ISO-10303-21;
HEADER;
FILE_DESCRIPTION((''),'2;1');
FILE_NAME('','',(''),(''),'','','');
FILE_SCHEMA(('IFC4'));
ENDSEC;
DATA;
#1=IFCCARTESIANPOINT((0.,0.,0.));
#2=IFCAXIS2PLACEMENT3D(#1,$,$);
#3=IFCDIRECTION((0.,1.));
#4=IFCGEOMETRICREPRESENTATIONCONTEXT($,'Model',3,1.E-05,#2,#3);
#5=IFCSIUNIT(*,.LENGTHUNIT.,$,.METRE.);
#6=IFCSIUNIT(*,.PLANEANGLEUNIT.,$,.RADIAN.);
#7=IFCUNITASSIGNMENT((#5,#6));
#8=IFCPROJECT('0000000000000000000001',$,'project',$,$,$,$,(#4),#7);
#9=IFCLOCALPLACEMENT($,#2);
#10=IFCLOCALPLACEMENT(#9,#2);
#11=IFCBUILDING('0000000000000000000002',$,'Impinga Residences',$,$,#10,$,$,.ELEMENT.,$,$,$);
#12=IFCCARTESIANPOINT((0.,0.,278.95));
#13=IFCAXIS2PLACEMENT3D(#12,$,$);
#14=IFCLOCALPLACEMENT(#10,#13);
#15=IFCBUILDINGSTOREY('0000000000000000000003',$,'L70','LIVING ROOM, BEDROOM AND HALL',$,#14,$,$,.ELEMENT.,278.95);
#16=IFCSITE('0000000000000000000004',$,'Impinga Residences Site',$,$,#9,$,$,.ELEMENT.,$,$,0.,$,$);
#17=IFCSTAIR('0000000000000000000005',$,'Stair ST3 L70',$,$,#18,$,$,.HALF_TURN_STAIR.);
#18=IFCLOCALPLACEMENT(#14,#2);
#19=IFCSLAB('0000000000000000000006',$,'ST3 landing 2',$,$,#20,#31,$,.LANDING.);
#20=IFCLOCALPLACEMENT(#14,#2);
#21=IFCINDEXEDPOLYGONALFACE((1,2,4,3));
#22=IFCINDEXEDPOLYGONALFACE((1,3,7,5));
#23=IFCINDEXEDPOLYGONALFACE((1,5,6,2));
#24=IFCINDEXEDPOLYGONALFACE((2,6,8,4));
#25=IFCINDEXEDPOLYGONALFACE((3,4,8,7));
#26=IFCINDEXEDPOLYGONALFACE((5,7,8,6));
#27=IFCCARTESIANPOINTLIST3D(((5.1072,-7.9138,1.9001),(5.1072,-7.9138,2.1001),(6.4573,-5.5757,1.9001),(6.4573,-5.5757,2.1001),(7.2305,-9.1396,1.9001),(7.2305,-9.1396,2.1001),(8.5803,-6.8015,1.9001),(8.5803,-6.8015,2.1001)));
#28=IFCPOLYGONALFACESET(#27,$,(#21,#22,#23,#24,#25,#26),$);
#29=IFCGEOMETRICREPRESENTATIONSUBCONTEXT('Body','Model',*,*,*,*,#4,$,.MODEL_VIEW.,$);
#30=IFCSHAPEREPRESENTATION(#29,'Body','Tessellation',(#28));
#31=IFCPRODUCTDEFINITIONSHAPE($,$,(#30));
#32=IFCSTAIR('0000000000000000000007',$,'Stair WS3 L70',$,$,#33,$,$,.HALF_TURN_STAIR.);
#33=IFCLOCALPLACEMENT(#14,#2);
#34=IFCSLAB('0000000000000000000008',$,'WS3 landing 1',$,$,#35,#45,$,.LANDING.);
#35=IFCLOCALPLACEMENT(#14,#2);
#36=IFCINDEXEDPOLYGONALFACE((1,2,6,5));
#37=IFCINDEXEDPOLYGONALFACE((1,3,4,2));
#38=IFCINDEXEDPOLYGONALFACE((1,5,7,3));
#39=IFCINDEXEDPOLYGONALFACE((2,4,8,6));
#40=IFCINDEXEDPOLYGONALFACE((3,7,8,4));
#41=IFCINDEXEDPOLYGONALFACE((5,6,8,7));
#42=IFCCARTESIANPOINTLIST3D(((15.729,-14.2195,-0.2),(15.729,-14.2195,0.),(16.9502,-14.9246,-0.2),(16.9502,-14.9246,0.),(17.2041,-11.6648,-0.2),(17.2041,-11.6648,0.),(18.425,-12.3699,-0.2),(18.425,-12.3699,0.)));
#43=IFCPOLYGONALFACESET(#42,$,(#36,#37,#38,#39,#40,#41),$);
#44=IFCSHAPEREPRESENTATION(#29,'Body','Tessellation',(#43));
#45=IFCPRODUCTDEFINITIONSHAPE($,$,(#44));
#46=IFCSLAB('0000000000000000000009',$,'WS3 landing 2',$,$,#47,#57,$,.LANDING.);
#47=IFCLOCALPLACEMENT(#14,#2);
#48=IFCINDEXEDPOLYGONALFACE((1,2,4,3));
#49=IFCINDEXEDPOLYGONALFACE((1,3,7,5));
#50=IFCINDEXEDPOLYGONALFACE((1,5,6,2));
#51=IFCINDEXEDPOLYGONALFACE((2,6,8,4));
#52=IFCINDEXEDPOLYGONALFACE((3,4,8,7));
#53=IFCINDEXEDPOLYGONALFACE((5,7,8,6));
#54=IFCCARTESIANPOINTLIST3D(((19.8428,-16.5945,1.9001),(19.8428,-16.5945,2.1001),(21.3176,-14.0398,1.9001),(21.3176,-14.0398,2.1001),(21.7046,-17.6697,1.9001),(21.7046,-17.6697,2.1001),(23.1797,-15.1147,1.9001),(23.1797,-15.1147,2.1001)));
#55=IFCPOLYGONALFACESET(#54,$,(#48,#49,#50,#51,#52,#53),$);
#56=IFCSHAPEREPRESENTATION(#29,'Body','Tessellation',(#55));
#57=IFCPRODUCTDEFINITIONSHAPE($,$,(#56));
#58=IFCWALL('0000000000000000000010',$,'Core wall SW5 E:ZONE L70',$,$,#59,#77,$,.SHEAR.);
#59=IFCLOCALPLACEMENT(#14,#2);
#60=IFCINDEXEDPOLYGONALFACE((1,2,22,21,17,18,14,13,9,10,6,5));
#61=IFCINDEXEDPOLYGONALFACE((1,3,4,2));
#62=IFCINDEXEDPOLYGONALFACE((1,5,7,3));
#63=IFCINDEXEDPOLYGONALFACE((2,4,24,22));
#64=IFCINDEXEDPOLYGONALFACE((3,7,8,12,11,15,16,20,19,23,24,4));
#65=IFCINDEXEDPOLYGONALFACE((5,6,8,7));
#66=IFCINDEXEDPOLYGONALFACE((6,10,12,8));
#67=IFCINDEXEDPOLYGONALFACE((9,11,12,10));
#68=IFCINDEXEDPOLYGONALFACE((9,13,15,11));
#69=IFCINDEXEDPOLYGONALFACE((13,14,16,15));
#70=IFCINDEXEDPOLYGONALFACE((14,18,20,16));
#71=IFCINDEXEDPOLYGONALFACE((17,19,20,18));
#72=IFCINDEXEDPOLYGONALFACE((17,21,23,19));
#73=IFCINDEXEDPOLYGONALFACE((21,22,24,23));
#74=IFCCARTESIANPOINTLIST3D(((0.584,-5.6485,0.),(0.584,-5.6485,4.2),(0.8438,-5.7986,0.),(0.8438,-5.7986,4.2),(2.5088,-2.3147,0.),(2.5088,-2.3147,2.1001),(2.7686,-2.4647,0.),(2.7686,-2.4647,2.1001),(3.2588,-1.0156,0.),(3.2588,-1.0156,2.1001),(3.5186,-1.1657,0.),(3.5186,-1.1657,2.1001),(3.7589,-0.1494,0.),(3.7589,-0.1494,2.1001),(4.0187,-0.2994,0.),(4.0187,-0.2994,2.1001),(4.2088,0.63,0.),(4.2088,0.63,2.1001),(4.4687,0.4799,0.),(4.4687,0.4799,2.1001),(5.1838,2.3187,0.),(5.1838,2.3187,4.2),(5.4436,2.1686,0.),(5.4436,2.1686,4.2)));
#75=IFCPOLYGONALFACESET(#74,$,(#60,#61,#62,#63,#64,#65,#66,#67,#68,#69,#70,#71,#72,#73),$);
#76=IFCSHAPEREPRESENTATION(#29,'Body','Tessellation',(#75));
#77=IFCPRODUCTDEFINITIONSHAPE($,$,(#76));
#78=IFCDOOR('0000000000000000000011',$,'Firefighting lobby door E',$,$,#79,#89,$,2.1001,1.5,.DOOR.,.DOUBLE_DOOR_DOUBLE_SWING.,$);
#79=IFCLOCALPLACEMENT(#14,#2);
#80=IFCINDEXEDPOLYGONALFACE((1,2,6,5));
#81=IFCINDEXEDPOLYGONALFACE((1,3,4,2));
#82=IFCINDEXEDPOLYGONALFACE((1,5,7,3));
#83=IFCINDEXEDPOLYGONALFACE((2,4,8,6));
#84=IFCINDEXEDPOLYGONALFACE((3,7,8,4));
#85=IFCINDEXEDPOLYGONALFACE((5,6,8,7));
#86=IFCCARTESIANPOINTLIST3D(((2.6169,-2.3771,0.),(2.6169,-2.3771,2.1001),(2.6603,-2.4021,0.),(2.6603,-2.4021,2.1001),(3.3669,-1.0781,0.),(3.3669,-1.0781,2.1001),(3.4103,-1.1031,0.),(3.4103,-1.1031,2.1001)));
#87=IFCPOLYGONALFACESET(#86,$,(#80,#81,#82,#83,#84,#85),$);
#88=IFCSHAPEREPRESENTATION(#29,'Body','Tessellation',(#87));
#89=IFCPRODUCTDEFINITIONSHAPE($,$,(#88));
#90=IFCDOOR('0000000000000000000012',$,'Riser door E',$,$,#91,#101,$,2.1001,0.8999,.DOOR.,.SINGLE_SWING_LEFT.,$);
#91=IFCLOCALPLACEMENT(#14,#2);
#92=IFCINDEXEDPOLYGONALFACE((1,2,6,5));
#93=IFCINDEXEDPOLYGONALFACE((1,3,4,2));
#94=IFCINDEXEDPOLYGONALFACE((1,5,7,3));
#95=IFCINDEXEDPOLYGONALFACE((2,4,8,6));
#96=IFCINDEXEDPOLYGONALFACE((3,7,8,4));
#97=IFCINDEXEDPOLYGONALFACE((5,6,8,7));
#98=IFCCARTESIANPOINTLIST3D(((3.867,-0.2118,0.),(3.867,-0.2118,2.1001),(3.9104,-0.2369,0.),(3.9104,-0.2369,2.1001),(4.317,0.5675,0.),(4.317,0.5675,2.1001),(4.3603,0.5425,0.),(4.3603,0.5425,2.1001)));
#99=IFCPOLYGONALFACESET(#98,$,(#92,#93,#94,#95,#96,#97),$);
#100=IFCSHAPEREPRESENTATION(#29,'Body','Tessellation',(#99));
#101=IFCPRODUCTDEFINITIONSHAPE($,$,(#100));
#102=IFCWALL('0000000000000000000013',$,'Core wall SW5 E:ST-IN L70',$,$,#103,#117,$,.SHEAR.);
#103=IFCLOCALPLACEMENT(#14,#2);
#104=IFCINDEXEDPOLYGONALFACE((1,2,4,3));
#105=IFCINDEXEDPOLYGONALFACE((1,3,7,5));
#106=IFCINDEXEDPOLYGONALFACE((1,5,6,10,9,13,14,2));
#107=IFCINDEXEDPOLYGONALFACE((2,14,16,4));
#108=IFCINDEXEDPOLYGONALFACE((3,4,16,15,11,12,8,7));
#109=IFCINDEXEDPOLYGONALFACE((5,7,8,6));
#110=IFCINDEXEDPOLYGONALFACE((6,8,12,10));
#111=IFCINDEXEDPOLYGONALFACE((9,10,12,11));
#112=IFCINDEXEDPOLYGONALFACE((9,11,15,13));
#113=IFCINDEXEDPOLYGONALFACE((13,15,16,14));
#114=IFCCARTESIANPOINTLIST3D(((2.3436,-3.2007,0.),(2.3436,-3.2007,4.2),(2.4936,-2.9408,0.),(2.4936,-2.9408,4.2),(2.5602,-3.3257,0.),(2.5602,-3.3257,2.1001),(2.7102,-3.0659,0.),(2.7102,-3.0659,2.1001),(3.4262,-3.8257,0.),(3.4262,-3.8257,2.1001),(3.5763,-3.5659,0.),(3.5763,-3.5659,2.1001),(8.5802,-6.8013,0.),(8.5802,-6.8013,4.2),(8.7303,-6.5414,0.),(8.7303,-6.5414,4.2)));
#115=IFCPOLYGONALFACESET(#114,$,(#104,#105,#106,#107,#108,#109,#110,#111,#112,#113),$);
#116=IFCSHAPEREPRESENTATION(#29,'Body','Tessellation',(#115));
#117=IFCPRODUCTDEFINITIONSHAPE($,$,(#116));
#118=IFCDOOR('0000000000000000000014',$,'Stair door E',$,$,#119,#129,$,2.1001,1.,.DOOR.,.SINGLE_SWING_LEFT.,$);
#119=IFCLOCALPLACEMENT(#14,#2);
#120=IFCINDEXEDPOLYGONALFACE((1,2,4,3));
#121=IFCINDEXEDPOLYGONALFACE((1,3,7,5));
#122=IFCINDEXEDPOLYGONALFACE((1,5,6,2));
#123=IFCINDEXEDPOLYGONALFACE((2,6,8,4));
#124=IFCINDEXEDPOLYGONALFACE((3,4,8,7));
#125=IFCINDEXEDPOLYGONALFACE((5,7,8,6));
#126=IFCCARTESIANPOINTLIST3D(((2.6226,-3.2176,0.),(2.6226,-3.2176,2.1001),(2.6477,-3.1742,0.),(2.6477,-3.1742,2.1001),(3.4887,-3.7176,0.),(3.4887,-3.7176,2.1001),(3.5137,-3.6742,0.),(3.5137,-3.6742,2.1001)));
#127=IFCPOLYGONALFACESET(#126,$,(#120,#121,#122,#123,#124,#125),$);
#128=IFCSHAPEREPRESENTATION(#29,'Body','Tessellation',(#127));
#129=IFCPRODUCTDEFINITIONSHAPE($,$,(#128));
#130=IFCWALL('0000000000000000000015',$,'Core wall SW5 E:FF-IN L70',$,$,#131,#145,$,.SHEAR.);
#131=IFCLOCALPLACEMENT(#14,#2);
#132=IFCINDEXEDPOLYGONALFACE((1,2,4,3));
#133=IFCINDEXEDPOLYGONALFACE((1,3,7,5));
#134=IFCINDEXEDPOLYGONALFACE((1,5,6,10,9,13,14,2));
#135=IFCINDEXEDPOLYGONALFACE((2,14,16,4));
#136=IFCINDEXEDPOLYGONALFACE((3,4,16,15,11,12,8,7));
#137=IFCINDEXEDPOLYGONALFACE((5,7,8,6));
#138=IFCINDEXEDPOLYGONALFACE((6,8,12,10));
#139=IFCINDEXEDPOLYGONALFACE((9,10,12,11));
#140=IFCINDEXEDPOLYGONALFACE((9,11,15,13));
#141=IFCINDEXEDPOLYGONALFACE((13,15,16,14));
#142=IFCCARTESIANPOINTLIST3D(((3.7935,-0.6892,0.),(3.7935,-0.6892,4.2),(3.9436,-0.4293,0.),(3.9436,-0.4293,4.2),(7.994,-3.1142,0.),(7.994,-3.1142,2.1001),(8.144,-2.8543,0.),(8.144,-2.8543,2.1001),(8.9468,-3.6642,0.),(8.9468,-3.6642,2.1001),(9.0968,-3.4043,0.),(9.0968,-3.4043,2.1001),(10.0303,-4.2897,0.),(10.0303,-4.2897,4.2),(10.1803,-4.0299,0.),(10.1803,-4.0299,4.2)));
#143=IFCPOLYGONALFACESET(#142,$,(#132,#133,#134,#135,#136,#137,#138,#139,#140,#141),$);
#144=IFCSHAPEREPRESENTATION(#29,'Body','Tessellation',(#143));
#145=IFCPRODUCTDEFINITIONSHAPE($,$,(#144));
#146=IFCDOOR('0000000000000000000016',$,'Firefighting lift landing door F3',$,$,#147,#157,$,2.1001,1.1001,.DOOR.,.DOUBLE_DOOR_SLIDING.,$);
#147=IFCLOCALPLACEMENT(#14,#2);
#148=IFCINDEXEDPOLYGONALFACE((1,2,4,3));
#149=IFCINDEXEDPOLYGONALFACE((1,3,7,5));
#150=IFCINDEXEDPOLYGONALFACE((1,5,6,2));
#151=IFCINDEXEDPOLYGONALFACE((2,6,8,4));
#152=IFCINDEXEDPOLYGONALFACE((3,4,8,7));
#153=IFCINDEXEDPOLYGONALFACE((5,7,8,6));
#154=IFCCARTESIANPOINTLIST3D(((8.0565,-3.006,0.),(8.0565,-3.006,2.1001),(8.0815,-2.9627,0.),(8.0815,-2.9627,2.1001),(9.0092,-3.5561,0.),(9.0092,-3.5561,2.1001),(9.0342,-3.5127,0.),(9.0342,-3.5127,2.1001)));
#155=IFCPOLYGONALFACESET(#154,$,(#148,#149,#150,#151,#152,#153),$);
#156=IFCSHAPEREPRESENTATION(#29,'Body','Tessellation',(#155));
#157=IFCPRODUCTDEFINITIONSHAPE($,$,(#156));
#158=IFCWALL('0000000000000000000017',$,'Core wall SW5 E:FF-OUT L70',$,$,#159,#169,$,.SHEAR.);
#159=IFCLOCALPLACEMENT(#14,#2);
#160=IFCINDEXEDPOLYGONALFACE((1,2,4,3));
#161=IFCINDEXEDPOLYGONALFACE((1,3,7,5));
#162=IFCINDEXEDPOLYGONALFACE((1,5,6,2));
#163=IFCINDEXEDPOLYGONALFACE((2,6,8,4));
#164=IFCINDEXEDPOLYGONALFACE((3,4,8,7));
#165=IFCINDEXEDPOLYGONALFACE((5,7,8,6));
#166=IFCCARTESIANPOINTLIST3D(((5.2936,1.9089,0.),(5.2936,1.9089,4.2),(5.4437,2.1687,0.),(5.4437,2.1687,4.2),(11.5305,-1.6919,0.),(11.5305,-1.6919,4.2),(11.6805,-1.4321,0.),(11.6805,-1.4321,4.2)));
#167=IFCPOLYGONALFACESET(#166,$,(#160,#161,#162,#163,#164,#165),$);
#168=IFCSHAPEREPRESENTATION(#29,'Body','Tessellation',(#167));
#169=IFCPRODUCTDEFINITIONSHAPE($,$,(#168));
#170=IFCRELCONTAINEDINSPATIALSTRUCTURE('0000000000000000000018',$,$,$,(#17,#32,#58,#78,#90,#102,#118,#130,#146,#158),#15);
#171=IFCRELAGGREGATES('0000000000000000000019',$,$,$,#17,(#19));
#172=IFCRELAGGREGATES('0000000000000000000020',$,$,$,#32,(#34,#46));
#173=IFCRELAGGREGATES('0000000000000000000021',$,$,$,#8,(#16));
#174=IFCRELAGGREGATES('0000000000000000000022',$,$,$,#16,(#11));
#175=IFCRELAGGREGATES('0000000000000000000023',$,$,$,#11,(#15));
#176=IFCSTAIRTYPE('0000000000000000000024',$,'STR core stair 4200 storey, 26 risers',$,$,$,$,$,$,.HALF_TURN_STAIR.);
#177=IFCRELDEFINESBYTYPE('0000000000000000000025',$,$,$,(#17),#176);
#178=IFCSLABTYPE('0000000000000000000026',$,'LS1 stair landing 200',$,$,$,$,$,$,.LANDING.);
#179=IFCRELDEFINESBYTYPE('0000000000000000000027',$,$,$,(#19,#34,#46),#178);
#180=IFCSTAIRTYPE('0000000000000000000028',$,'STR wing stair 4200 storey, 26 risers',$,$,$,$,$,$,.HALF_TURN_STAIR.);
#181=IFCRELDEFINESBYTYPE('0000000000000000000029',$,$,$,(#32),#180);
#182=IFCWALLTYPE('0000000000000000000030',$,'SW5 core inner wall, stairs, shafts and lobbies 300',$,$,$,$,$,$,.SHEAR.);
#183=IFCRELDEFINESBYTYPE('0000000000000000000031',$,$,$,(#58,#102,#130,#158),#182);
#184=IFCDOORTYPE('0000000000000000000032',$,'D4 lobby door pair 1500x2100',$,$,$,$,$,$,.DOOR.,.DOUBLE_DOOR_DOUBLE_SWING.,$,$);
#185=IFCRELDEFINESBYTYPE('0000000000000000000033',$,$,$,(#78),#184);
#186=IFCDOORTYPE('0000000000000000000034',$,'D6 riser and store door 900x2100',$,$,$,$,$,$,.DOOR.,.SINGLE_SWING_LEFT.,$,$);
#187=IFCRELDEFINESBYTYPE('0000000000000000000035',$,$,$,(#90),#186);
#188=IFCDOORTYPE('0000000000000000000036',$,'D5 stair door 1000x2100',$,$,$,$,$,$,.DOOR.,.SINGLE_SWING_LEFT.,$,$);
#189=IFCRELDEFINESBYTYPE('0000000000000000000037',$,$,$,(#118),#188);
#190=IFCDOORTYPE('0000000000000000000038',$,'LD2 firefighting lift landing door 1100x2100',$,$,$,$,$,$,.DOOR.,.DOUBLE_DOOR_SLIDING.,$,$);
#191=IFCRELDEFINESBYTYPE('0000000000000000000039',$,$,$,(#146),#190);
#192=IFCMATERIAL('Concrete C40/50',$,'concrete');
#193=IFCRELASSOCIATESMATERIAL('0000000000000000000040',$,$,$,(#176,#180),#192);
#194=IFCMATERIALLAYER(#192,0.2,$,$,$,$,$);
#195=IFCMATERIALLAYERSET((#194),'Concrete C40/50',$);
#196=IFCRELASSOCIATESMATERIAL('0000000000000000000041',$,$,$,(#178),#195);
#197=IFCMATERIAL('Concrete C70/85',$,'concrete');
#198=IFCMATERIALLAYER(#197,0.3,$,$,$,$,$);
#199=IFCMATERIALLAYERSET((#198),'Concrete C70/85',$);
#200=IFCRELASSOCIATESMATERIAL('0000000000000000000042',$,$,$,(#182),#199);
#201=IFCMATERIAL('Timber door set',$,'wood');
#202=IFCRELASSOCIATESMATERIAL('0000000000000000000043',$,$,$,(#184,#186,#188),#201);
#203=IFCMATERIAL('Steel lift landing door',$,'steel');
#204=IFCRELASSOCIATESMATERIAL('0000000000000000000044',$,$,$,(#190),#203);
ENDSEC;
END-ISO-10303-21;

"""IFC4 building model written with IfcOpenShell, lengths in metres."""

from ifc_helpers import new_model, si_unit, direction, frame, frame_2d, origin, place, context, subcontext, project, spatial, polyline, rectangle, outline, extrude, material, layer, layer_set, type_object, element, fill, aggregate, save


model = new_model("IFC4")

# Units and contexts
model_context = context("Model", 3, precision=1e-05, world=origin(), true_north=direction((0.0, 1.0)))
body_context = subcontext(model_context, "Body", "Model", "MODEL_VIEW")
ifc_project = project(units=[si_unit("LENGTHUNIT", "METRE"), si_unit("PLANEANGLEUNIT", "RADIAN")], contexts=[model_context])

# Site, building, storey
site_placement = place(None, origin())
site = spatial("IfcSite", under=ifc_project, at=site_placement, Name="Impinga Residences Site", CompositionType="ELEMENT", RefElevation=0.0)
building_placement = place(site_placement, origin())
building = spatial("IfcBuilding", under=site, at=building_placement, Name="Impinga Residences", CompositionType="ELEMENT")
storey_placement = place(building_placement, frame((0.0, 0.0, 278.95)))
storey = spatial("IfcBuildingStorey", under=building, at=storey_placement, Name="L70", Description="LIVING ROOM, BEDROOM AND HALL", CompositionType="ELEMENT", Elevation=278.95)

# Stairs, slabs
ifc_material_1 = material(Name="Concrete C40/50", Category="concrete")
stair_type_1 = type_object("IfcStairType", Name="STR core stair 4200 storey, 26 risers", PredefinedType="HALF_TURN_STAIR", material=ifc_material_1)
ifc_layer_1 = layer(ifc_material_1, 0.2)
ifc_layer_set_1 = layer_set([ifc_layer_1], Name="Concrete C40/50")
slab_type_1 = type_object("IfcSlabType", Name="LS1 stair landing 200", PredefinedType="LANDING", material=ifc_layer_set_1)
stair_1_placement = place(storey_placement, origin())
stair_1 = element("IfcStair", 1, at=stair_1_placement, inside=storey, type_object=stair_type_1, Name="Stair ST3 L70", PredefinedType="HALF_TURN_STAIR")
slab_1_placement = place(storey_placement, frame((0.0, 0.0, 1.9001)))
slab_1 = element("IfcSlab", 2, at=slab_1_placement, type_object=slab_type_1, Name="ST3 landing 2", PredefinedType="LANDING", context=body_context, shape_type="SweptSolid", body=[
    extrude(outline(polyline([(6.4573, -5.5757), (5.1072, -7.9138), (7.2305, -9.1396), (8.5803, -6.8015), (6.4573, -5.5757)])), origin(), (0.0, 0.0, 1.0), 0.2),
])
aggregate(stair_1, [slab_1])
stair_type_2 = type_object("IfcStairType", Name="STR wing stair 4200 storey, 26 risers", PredefinedType="HALF_TURN_STAIR", material=ifc_material_1)
stair_2_placement = place(storey_placement, origin())
stair_2 = element("IfcStair", 3, at=stair_2_placement, inside=storey, type_object=stair_type_2, Name="Stair WS3 L70", PredefinedType="HALF_TURN_STAIR")
slab_2_placement = place(storey_placement, frame((0.0, 0.0, -0.2)))
slab_2 = element("IfcSlab", 4, at=slab_2_placement, type_object=slab_type_1, Name="WS3 landing 1", PredefinedType="LANDING", context=body_context, shape_type="SweptSolid", body=[
    extrude(outline(polyline([(17.2041, -11.6648), (15.729, -14.2195), (16.9502, -14.9246), (18.425, -12.3699), (17.2041, -11.6648)])), origin(), (0.0, 0.0, 1.0), 0.2),
])
slab_3_placement = place(storey_placement, frame((0.0, 0.0, 1.9001)))
slab_3 = element("IfcSlab", 5, at=slab_3_placement, type_object=slab_type_1, Name="WS3 landing 2", PredefinedType="LANDING", context=body_context, shape_type="SweptSolid", body=[
    extrude(outline(polyline([(21.3176, -14.0398), (19.8428, -16.5945), (21.7046, -17.6697), (23.1797, -15.1147), (21.3176, -14.0398)])), origin(), (0.0, 0.0, 1.0), 0.2),
])
aggregate(stair_2, [slab_2, slab_3])

# Wall, openings, doors
ifc_material_2 = material(Name="Concrete C70/85", Category="concrete")
ifc_layer_2 = layer(ifc_material_2, 0.3)
ifc_layer_set_2 = layer_set([ifc_layer_2], Name="Concrete C70/85")
wall_type = type_object("IfcWallType", Name="SW5 core inner wall, stairs, shafts and lobbies 300", PredefinedType="SHEAR", material=ifc_layer_set_2)
wall_1_placement = place(storey_placement, frame((5.3137, 2.2437, 0.0), z_axis=(0.0, 0.0, 1.0), x_axis=(-0.499995, -0.866028, 0.0)))
wall_1 = element("IfcWall", 6, at=wall_1_placement, inside=storey, type_object=wall_type, Name="Core wall SW5 E:ZONE L70", PredefinedType="SHEAR", context=body_context, shape_type="SweptSolid", body=[
    extrude(rectangle(XDim=9.1997, YDim=0.3, at=frame_2d((4.5999, 0.0))), origin(), (0.0, 0.0, 1.0), 4.2),
])
opening_1_placement = place(wall_1_placement, frame((3.8501, 0.0, 0.0)))
opening_1 = element("IfcOpeningElement", 7, at=opening_1_placement, cuts=wall_1, PredefinedType="OPENING", context=body_context, shape_type="SweptSolid", body=[
    extrude(rectangle(XDim=1.5, YDim=2.1001, at=frame_2d((0.75, 1.05))), frame((0.0, 0.1599, 0.0), z_axis=(0.0, -1.0, 0.0), x_axis=(1.0, 0.0, 0.0)), (0.0, 0.0, 1.0), 0.3201),
])
opening_2_placement = place(wall_1_placement, frame((1.95, 0.0, 0.0)))
opening_2 = element("IfcOpeningElement", 8, at=opening_2_placement, cuts=wall_1, PredefinedType="OPENING", context=body_context, shape_type="SweptSolid", body=[
    extrude(rectangle(XDim=0.8999, YDim=2.1001, at=frame_2d((0.45, 1.05))), frame((0.0, 0.1599, 0.0), z_axis=(0.0, -1.0, 0.0), x_axis=(1.0, 0.0, 0.0)), (0.0, 0.0, 1.0), 0.3201),
])
ifc_material_3 = material(Name="Timber door set", Category="wood")
door_type_1 = type_object("IfcDoorType", Name="D4 lobby door pair 1500x2100", OperationType="DOUBLE_DOOR_DOUBLE_SWING", PredefinedType="DOOR", material=ifc_material_3)
door_1_placement = place(opening_1_placement, origin())
door_1 = element("IfcDoor", 9, at=door_1_placement, inside=storey, type_object=door_type_1, Name="Firefighting lobby door E", OperationType="DOUBLE_DOOR_DOUBLE_SWING", OverallHeight=2.1001, OverallWidth=1.5, PredefinedType="DOOR", context=body_context, shape_type="SweptSolid", body=[
    extrude(rectangle(XDim=1.5, YDim=2.1001, at=frame_2d((0.75, 1.05))), frame((0.0, 0.0249, 0.0), z_axis=(0.0, -1.0, 0.0), x_axis=(1.0, 0.0, 0.0)), (0.0, 0.0, 1.0), 0.05),
])
fill(opening_1, door_1)
door_type_2 = type_object("IfcDoorType", Name="D6 riser and store door 900x2100", OperationType="SINGLE_SWING_LEFT", PredefinedType="DOOR", material=ifc_material_3)
door_2_placement = place(opening_2_placement, origin())
door_2 = element("IfcDoor", 10, at=door_2_placement, inside=storey, type_object=door_type_2, Name="Riser door E", OperationType="SINGLE_SWING_LEFT", OverallHeight=2.1001, OverallWidth=0.8999, PredefinedType="DOOR", context=body_context, shape_type="SweptSolid", body=[
    extrude(rectangle(XDim=0.8999, YDim=2.1001, at=frame_2d((0.45, 1.05))), frame((0.0, 0.0249, 0.0), z_axis=(0.0, -1.0, 0.0), x_axis=(1.0, 0.0, 0.0)), (0.0, 0.0, 1.0), 0.05),
])
fill(opening_2, door_2)

# Walls, openings, doors
wall_2_placement = place(storey_placement, frame((2.4187, -3.0708, 0.0), z_axis=(0.0, 0.0, 1.0), x_axis=(0.866031, -0.49999, 0.0)))
wall_2 = element("IfcWall", 11, at=wall_2_placement, inside=storey, type_object=wall_type, Name="Core wall SW5 E:ST-IN L70", PredefinedType="SHEAR", context=body_context, shape_type="SweptSolid", body=[
    extrude(rectangle(XDim=7.2014, YDim=0.3, at=frame_2d((3.6006, 0.0))), origin(), (0.0, 0.0, 1.0), 4.2),
])
opening_3_placement = place(wall_2_placement, frame((0.25, 0.0, 0.0)))
opening_3 = element("IfcOpeningElement", 12, at=opening_3_placement, cuts=wall_2, PredefinedType="OPENING", context=body_context, shape_type="SweptSolid", body=[
    extrude(rectangle(XDim=1.0, YDim=2.1001, at=frame_2d((0.5, 1.05))), frame((0.0, 0.1599, 0.0), z_axis=(0.0, -1.0, 0.0), x_axis=(1.0, 0.0, 0.0)), (0.0, 0.0, 1.0), 0.3201),
])
door_type_3 = type_object("IfcDoorType", Name="D5 stair door 1000x2100", OperationType="SINGLE_SWING_LEFT", PredefinedType="DOOR", material=ifc_material_3)
door_3_placement = place(opening_3_placement, origin())
door_3 = element("IfcDoor", 13, at=door_3_placement, inside=storey, type_object=door_type_3, Name="Stair door E", OperationType="SINGLE_SWING_LEFT", OverallHeight=2.1001, OverallWidth=1.0, PredefinedType="DOOR", context=body_context, shape_type="SweptSolid", body=[
    extrude(rectangle(XDim=1.0, YDim=2.1001, at=frame_2d((0.5, 1.05))), frame((0.0, 0.0249, 0.0), z_axis=(0.0, -1.0, 0.0), x_axis=(1.0, 0.0, 0.0)), (0.0, 0.0, 1.0), 0.05),
])
fill(opening_3, door_3)
wall_3_placement = place(storey_placement, frame((3.8687, -0.5593, 0.0), z_axis=(0.0, 0.0, 1.0), x_axis=(0.86604, -0.499975, 0.0)))
wall_3 = element("IfcWall", 14, at=wall_3_placement, inside=storey, type_object=wall_type, Name="Core wall SW5 E:FF-IN L70", PredefinedType="SHEAR", context=body_context, shape_type="SweptSolid", body=[
    extrude(rectangle(XDim=7.2014, YDim=0.3, at=frame_2d((3.6006, 0.0))), origin(), (0.0, 0.0, 1.0), 4.2),
])
opening_4_placement = place(wall_3_placement, frame((4.8501, 0.0, 0.0)))
opening_4 = element("IfcOpeningElement", 15, at=opening_4_placement, cuts=wall_3, PredefinedType="OPENING", context=body_context, shape_type="SweptSolid", body=[
    extrude(rectangle(XDim=1.1001, YDim=2.1001, at=frame_2d((0.55, 1.05))), frame((0.0, 0.1599, 0.0), z_axis=(0.0, -1.0, 0.0), x_axis=(1.0, 0.0, 0.0)), (0.0, 0.0, 1.0), 0.3201),
])
ifc_material_4 = material(Name="Steel lift landing door", Category="steel")
door_type_4 = type_object("IfcDoorType", Name="LD2 firefighting lift landing door 1100x2100", OperationType="DOUBLE_DOOR_SLIDING", PredefinedType="DOOR", material=ifc_material_4)
door_4_placement = place(opening_4_placement, origin())
door_4 = element("IfcDoor", 16, at=door_4_placement, inside=storey, type_object=door_type_4, Name="Firefighting lift landing door F3", OperationType="DOUBLE_DOOR_SLIDING", OverallHeight=2.1001, OverallWidth=1.1001, PredefinedType="DOOR", context=body_context, shape_type="SweptSolid", body=[
    extrude(rectangle(XDim=1.1001, YDim=2.1001, at=frame_2d((0.55, 1.05))), frame((0.0, 0.0249, 0.0), z_axis=(0.0, -1.0, 0.0), x_axis=(1.0, 0.0, 0.0)), (0.0, 0.0, 1.0), 0.05),
])
fill(opening_4, door_4)

# Wall
wall_4_placement = place(storey_placement, frame((5.3687, 2.0388, 0.0), z_axis=(0.0, 0.0, 1.0), x_axis=(0.866025, -0.5, 0.0)))
element("IfcWall", 17, at=wall_4_placement, inside=storey, type_object=wall_type, Name="Core wall SW5 E:FF-OUT L70", PredefinedType="SHEAR", context=body_context, shape_type="SweptSolid", body=[
    extrude(rectangle(XDim=7.2017, YDim=0.3, at=frame_2d((3.6008, 0.0))), origin(), (0.0, 0.0, 1.0), 4.2),
])

save(model, "model.ifc")
